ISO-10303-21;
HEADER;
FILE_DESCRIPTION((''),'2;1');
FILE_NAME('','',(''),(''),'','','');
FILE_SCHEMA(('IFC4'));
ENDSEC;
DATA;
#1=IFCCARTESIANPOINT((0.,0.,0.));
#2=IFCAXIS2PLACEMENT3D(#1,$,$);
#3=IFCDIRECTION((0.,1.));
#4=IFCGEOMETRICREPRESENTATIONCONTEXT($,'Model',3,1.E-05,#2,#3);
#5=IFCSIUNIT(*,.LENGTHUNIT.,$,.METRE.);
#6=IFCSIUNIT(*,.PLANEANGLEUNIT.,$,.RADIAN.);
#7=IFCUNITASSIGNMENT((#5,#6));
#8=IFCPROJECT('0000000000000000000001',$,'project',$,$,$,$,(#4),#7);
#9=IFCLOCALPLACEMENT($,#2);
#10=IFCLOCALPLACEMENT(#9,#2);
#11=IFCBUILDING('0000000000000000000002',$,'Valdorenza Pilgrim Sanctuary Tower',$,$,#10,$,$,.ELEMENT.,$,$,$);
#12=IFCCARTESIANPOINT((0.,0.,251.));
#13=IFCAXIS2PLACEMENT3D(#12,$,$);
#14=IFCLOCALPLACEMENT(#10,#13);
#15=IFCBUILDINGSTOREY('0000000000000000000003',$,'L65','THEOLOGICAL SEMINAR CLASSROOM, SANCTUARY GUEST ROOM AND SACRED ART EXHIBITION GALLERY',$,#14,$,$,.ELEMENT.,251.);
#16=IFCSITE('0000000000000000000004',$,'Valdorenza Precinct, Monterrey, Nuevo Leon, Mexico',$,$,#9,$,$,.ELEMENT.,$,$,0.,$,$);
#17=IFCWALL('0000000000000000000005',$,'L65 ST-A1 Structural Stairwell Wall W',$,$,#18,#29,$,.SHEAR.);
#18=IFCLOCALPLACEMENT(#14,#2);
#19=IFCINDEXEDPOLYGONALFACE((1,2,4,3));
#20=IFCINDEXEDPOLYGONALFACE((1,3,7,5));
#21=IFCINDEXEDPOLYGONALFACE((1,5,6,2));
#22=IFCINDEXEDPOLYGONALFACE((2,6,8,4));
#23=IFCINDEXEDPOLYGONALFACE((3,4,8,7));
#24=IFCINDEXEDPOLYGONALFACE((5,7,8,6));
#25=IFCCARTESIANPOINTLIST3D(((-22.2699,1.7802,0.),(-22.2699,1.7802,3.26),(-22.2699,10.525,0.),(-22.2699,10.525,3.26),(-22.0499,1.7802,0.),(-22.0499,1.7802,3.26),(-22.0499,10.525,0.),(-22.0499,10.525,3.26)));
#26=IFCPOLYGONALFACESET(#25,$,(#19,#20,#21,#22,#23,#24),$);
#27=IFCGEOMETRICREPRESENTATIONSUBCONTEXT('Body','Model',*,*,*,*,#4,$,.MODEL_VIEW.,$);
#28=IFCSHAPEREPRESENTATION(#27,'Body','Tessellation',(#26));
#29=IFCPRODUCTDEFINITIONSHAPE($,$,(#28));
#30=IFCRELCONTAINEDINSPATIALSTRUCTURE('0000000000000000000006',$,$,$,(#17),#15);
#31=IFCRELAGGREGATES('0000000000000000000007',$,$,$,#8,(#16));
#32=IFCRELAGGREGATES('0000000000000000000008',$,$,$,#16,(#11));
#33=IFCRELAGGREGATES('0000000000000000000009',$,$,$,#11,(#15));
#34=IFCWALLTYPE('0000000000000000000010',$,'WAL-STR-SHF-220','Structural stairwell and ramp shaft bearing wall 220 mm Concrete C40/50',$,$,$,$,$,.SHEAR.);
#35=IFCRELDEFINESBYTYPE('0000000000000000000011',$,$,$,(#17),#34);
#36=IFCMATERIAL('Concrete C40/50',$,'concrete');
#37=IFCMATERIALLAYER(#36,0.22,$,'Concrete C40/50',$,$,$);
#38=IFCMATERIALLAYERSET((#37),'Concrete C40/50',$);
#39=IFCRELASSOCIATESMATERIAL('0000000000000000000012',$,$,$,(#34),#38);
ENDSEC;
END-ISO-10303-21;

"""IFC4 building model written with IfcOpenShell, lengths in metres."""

from ifc_helpers import new_model, si_unit, direction, frame, frame_2d, origin, place, context, subcontext, project, spatial, rectangle, extrude, material, layer, layer_set, type_object, element, save


model = new_model("IFC4")

# Units and contexts
model_context = context("Model", 3, precision=1e-05, world=origin(), true_north=direction((0.0, 1.0)))
body_context = subcontext(model_context, "Body", "Model", "MODEL_VIEW")
ifc_project = project(units=[si_unit("LENGTHUNIT", "METRE"), si_unit("PLANEANGLEUNIT", "RADIAN")], contexts=[model_context])

# Site, building, storey
site_placement = place(None, origin())
site = spatial("IfcSite", under=ifc_project, at=site_placement, Name="Valdorenza Precinct, Monterrey, Nuevo Leon, Mexico", CompositionType="ELEMENT", RefElevation=0.0)
building_placement = place(site_placement, origin())
building = spatial("IfcBuilding", under=site, at=building_placement, Name="Valdorenza Pilgrim Sanctuary Tower", CompositionType="ELEMENT")
storey_placement = place(building_placement, frame((0.0, 0.0, 251.0)))
storey = spatial("IfcBuildingStorey", under=building, at=storey_placement, Name="L65", Description="THEOLOGICAL SEMINAR CLASSROOM, SANCTUARY GUEST ROOM AND SACRED ART EXHIBITION GALLERY", CompositionType="ELEMENT", Elevation=251.0)

# Wall
ifc_material_1 = material(Name="Concrete C40/50", Category="concrete")
ifc_layer_1 = layer(ifc_material_1, 0.22, Name="Concrete C40/50")
ifc_layer_set_1 = layer_set([ifc_layer_1], Name="Concrete C40/50")
wall_type_1 = type_object("IfcWallType", Name="WAL-STR-SHF-220", Description="Structural stairwell and ramp shaft bearing wall 220 mm Concrete C40/50", PredefinedType="SHEAR", material=ifc_layer_set_1)
wall_1_placement = place(storey_placement, frame((-22.1599, 1.78, 0.0), z_axis=(0.0, 0.0, 1.0), x_axis=(0.0, 1.0, 0.0)))
element("IfcWall", 1, at=wall_1_placement, inside=storey, type_object=wall_type_1, Name="L65 ST-A1 Structural Stairwell Wall W", PredefinedType="SHEAR", context=body_context, shape_type="SweptSolid", body=[
    extrude(rectangle(XDim=8.7449, YDim=0.22, at=frame_2d((4.3726, 0.0))), origin(), (0.0, 0.0, 1.0), 3.26),
])

save(model, "model.ifc")
